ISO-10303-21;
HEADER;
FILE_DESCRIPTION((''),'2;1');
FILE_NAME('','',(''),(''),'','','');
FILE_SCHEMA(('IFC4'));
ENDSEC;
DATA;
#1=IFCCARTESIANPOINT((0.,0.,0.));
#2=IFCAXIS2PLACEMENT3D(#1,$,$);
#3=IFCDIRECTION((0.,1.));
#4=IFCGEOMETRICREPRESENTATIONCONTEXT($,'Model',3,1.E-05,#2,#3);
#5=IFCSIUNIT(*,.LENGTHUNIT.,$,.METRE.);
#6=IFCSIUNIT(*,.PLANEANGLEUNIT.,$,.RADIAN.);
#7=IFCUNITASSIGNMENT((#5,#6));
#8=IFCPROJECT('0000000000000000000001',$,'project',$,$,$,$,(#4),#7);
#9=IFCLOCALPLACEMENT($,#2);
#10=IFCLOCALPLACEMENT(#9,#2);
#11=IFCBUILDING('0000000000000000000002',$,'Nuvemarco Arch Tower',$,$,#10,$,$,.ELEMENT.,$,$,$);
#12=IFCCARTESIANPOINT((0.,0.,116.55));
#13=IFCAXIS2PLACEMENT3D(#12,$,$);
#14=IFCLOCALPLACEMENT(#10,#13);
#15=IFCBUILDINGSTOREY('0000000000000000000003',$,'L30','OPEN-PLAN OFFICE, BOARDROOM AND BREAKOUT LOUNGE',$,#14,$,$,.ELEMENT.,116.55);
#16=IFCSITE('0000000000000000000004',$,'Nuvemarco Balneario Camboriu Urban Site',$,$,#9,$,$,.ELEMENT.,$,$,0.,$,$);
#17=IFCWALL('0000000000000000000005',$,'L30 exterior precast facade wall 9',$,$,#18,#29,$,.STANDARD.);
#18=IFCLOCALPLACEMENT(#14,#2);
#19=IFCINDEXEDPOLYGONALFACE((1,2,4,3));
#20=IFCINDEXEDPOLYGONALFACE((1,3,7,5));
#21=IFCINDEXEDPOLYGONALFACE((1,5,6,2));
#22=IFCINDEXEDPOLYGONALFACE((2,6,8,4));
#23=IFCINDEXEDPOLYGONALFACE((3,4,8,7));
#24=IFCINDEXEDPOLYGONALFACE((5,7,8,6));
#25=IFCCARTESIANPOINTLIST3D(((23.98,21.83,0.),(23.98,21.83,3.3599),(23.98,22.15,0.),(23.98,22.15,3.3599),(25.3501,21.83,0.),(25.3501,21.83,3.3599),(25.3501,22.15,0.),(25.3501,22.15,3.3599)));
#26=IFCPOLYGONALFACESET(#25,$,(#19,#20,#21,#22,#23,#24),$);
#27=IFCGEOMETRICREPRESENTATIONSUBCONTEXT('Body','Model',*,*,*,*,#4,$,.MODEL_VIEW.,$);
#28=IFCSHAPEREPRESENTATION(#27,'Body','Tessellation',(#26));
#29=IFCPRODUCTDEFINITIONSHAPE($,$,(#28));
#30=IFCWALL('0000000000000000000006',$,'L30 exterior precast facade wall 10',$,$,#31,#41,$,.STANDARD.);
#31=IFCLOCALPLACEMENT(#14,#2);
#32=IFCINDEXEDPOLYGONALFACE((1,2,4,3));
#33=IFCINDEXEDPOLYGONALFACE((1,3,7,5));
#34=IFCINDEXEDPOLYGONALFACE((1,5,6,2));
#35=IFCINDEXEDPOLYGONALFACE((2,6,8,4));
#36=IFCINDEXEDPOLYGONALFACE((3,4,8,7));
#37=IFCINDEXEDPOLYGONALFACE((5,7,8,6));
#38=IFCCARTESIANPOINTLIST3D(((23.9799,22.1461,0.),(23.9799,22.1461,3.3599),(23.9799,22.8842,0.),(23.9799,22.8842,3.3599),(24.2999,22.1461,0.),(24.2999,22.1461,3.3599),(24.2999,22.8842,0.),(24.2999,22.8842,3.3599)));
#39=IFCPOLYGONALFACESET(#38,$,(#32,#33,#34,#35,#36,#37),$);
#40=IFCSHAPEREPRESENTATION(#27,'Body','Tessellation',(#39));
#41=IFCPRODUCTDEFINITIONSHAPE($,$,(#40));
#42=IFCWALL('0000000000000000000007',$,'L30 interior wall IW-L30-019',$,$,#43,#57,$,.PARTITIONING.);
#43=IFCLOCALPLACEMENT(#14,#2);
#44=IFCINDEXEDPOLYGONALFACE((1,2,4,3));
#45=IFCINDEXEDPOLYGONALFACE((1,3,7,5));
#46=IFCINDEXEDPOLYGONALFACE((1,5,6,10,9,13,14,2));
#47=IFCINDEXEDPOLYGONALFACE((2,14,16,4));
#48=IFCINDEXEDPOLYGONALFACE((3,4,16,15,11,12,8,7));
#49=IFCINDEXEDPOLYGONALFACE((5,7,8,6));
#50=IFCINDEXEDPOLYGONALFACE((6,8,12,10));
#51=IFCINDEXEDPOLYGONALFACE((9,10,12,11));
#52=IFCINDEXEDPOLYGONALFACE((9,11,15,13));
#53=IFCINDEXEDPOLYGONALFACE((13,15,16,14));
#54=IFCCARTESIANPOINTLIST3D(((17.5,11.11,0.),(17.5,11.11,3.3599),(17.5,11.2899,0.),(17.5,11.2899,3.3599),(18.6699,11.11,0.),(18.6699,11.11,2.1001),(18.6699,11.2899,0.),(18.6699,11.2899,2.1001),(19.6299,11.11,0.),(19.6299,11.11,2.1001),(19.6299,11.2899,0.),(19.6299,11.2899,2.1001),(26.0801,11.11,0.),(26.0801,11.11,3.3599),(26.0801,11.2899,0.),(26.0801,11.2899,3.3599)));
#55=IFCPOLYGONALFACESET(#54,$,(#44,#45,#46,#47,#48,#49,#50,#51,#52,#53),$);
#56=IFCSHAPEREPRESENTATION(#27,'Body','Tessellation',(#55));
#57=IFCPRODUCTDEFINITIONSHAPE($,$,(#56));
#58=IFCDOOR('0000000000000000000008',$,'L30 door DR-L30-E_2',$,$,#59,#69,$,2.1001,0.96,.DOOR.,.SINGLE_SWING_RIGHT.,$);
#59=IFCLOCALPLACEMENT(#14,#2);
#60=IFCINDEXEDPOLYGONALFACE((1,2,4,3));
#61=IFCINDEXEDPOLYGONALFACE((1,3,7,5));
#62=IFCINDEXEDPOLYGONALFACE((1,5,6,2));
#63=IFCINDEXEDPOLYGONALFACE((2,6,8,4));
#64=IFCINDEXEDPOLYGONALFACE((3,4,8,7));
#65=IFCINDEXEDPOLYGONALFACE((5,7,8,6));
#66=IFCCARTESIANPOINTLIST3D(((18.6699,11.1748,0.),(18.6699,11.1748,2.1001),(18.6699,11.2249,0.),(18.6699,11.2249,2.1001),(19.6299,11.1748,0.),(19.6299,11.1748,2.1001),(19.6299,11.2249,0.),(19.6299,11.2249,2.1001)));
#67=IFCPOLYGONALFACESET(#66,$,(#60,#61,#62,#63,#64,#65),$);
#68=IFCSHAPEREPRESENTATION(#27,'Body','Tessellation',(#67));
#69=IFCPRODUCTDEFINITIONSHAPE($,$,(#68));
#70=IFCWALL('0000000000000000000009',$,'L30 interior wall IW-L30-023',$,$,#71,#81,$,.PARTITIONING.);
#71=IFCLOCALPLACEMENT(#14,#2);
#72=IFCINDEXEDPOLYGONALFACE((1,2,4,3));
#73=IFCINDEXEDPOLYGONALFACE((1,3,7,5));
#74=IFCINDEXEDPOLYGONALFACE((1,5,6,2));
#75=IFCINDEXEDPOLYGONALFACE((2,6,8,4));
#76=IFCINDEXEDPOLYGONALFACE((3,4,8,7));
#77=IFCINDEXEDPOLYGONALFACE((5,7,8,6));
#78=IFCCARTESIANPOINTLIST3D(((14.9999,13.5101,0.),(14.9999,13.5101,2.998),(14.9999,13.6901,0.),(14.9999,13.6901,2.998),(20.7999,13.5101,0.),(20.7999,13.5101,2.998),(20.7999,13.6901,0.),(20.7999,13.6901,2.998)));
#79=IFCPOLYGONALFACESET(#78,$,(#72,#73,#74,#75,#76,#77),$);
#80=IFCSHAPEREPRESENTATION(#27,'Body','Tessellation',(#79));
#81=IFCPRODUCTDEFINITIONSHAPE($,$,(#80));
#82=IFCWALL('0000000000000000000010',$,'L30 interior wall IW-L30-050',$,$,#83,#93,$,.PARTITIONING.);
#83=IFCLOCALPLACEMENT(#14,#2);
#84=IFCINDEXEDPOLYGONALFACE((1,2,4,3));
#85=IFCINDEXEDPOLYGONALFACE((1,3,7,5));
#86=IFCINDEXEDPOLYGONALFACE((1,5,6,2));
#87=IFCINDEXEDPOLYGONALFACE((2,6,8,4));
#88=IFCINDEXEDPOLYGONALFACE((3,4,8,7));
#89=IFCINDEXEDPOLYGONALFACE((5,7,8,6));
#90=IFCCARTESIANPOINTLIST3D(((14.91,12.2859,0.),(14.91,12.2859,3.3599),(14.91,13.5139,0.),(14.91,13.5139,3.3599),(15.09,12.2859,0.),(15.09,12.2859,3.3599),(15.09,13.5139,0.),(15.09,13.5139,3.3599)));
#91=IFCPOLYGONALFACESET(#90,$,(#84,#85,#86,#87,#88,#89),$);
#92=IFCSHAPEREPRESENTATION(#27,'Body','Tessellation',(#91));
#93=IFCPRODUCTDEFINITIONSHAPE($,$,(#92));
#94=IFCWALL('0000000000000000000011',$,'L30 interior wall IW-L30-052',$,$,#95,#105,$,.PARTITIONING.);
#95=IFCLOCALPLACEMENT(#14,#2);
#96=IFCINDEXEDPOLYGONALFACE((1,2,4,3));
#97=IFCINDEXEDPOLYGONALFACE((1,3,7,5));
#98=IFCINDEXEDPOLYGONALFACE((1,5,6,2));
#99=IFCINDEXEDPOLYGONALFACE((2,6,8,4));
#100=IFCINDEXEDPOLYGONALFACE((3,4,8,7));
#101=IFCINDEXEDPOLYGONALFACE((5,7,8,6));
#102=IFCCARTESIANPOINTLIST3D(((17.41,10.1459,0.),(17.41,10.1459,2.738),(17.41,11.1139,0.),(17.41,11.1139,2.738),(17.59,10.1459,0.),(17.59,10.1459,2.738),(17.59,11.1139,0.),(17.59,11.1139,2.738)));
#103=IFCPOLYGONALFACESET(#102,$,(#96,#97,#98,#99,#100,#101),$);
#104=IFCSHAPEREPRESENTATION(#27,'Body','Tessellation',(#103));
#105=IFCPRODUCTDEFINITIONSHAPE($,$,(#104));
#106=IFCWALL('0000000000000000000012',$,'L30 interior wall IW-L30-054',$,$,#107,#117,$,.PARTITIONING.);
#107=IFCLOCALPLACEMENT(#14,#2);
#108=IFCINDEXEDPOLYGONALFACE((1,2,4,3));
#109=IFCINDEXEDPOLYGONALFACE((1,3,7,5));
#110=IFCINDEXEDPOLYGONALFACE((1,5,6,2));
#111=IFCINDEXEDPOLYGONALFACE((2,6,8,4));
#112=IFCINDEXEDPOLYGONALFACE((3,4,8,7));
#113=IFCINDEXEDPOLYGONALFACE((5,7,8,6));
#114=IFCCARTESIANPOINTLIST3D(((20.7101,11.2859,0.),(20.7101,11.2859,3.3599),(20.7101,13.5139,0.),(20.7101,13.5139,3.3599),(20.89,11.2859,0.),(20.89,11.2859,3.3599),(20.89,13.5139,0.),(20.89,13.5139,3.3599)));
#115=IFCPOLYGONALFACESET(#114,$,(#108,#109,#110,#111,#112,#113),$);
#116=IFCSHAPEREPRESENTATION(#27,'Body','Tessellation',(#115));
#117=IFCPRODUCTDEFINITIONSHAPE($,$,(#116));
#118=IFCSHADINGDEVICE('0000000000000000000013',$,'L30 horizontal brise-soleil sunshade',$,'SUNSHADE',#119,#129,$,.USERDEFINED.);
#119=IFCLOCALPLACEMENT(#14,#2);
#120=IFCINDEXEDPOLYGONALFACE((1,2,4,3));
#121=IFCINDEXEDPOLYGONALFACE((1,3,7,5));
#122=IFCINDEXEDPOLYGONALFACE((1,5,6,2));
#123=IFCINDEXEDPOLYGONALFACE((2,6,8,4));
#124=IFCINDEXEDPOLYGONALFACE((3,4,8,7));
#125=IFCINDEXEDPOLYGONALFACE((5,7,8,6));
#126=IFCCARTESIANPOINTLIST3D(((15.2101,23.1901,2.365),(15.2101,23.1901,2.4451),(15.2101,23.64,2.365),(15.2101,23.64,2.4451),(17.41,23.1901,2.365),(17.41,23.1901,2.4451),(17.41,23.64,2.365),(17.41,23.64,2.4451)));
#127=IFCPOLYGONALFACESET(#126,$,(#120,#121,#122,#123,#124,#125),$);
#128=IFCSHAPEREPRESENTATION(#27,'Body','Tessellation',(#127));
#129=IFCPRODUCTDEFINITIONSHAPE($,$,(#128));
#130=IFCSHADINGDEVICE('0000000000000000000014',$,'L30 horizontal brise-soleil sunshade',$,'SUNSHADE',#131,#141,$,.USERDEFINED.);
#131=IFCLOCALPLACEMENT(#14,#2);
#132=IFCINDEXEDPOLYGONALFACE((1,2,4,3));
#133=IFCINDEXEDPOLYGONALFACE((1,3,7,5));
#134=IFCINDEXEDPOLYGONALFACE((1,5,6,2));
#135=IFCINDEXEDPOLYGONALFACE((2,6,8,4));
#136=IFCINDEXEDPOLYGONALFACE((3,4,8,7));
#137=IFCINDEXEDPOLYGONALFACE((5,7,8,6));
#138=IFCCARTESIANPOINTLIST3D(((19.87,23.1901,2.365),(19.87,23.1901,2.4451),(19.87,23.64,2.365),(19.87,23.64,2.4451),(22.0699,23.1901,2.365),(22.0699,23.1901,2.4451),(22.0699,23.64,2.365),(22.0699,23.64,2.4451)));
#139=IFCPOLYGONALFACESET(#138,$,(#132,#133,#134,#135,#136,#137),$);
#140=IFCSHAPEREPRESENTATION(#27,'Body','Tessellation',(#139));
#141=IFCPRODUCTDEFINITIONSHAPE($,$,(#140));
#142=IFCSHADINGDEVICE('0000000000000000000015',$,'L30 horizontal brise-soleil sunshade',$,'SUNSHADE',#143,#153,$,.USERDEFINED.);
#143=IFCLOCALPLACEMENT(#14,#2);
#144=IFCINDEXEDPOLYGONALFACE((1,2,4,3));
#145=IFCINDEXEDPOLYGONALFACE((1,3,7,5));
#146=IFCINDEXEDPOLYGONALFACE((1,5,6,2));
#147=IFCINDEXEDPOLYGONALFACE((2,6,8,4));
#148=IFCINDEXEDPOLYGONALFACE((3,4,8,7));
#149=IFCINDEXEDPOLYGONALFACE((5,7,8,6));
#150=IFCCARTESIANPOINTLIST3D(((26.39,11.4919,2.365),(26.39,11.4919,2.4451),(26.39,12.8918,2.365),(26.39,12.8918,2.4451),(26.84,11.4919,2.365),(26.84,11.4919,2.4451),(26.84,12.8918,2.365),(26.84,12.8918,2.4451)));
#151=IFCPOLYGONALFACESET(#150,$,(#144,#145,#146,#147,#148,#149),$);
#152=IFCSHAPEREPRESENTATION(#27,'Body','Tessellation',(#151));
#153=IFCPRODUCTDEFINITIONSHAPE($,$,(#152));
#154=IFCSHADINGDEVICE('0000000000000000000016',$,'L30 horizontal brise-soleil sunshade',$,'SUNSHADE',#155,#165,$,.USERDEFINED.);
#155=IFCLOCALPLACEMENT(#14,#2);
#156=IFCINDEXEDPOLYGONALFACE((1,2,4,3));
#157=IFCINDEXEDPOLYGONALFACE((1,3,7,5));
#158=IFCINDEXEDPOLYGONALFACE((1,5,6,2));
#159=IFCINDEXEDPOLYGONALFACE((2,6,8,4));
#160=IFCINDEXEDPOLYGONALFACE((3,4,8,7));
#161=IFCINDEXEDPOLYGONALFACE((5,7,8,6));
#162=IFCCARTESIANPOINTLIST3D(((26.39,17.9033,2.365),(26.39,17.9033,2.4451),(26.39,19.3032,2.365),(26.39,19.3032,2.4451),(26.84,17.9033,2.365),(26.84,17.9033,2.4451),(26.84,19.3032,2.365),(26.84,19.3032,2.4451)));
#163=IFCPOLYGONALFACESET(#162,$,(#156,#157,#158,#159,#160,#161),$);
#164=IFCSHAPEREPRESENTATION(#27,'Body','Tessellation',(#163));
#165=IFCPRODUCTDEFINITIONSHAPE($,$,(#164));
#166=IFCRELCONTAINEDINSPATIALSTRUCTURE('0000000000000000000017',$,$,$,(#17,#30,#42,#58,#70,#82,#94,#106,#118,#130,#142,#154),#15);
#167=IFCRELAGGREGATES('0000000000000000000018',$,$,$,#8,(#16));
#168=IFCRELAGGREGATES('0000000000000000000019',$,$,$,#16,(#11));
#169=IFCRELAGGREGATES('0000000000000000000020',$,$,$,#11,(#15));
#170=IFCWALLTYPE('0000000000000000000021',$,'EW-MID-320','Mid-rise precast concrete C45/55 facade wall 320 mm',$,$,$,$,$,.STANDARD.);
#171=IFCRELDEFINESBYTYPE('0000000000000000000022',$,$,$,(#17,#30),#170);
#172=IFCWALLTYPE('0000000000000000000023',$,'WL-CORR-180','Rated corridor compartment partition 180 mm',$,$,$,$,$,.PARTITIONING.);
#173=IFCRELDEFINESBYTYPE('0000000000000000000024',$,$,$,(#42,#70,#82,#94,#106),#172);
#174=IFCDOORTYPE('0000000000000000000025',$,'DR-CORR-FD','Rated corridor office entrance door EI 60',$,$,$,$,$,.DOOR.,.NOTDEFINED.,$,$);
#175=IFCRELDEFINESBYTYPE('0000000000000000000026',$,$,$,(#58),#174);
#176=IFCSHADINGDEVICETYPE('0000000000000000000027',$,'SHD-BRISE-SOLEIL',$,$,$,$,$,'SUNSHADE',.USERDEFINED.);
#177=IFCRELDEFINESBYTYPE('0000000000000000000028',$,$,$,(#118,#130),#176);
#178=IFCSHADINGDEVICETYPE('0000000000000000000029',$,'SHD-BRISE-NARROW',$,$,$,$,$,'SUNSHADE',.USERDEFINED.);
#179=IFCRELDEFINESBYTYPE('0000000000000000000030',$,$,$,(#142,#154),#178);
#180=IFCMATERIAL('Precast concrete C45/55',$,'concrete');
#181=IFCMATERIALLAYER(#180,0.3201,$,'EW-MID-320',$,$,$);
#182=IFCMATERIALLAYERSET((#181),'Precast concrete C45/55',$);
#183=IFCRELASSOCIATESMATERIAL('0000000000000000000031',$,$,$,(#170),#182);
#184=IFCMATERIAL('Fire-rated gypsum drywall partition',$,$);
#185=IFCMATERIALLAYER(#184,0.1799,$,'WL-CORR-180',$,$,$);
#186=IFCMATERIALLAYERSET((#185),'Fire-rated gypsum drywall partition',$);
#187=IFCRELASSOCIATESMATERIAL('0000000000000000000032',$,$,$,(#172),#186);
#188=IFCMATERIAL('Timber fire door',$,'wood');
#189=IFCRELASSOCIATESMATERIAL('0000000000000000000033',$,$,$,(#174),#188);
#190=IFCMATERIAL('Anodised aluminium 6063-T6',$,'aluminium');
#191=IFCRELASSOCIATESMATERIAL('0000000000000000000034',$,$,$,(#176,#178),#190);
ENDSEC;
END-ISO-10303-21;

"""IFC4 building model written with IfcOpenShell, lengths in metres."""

from ifc_helpers import new_model, si_unit, direction, frame, frame_2d, origin, origin_2d, place, context, subcontext, project, spatial, rectangle, extrude, source, transform, mapped, material, layer, layer_set, type_object, type_shapes, element, fill, save


model = new_model("IFC4")

# Units and contexts
model_context = context("Model", 3, precision=1e-05, world=origin(), true_north=direction((0.0, 1.0)))
body_context = subcontext(model_context, "Body", "Model", "MODEL_VIEW")
ifc_project = project(units=[si_unit("LENGTHUNIT", "METRE"), si_unit("PLANEANGLEUNIT", "RADIAN")], contexts=[model_context])

# Site, building, storey
site_placement = place(None, origin())
site = spatial("IfcSite", under=ifc_project, at=site_placement, Name="Nuvemarco Balneario Camboriu Urban Site", CompositionType="ELEMENT", RefElevation=0.0)
building_placement = place(site_placement, origin())
building = spatial("IfcBuilding", under=site, at=building_placement, Name="Nuvemarco Arch Tower", CompositionType="ELEMENT")
storey_placement = place(building_placement, frame((0.0, 0.0, 116.55)))
storey = spatial("IfcBuildingStorey", under=building, at=storey_placement, Name="L30", Description="OPEN-PLAN OFFICE, BOARDROOM AND BREAKOUT LOUNGE", CompositionType="ELEMENT", Elevation=116.55)

# Shared definitions
ifc_material_1 = material(Name="Precast concrete C45/55", Category="concrete")

# Walls
ifc_layer_1 = layer(ifc_material_1, 0.3201, Name="EW-MID-320")
ifc_layer_set_1 = layer_set([ifc_layer_1], Name="Precast concrete C45/55")
wall_type_1 = type_object("IfcWallType", Name="EW-MID-320", Description="Mid-rise precast concrete C45/55 facade wall 320 mm", PredefinedType="STANDARD", material=ifc_layer_set_1)
wall_1_placement = place(storey_placement, frame((23.98, 21.99, 0.0), z_axis=(0.0, 0.0, 1.0), x_axis=(1.0, 0.0, 0.0)))
element("IfcWall", 1, at=wall_1_placement, inside=storey, type_object=wall_type_1, Name="L30 exterior precast facade wall 9", PredefinedType="STANDARD", context=body_context, shape_type="SweptSolid", body=[
    extrude(rectangle(XDim=1.3701, YDim=0.3201, at=frame_2d((0.6851, 0.0))), origin(), (0.0, 0.0, 1.0), 3.3599),
])
wall_2_placement = place(storey_placement, frame((24.1399, 22.146, 0.0), z_axis=(0.0, 0.0, 1.0), x_axis=(0.0, 1.0, 0.0)))
element("IfcWall", 2, at=wall_2_placement, inside=storey, type_object=wall_type_1, Name="L30 exterior precast facade wall 10", PredefinedType="STANDARD", context=body_context, shape_type="SweptSolid", body=[
    extrude(rectangle(XDim=0.738, YDim=0.3201, at=frame_2d((0.3691, 0.0))), origin(), (0.0, 0.0, 1.0), 3.3599),
])

# Wall, opening, door
ifc_material_2 = material(Name="Fire-rated gypsum drywall partition")
ifc_layer_2 = layer(ifc_material_2, 0.1799, Name="WL-CORR-180")
ifc_layer_set_2 = layer_set([ifc_layer_2], Name="Fire-rated gypsum drywall partition")
wall_type_2 = type_object("IfcWallType", Name="WL-CORR-180", Description="Rated corridor compartment partition 180 mm", PredefinedType="PARTITIONING", material=ifc_layer_set_2)
wall_3_placement = place(storey_placement, frame((17.5, 11.2, 0.0), z_axis=(0.0, 0.0, 1.0), x_axis=(1.0, 0.0, 0.0)))
wall_3 = element("IfcWall", 3, at=wall_3_placement, inside=storey, type_object=wall_type_2, Name="L30 interior wall IW-L30-019", PredefinedType="PARTITIONING", context=body_context, shape_type="SweptSolid", body=[
    extrude(rectangle(XDim=8.5801, YDim=0.1799, at=frame_2d((4.29, 0.0))), origin(), (0.0, 0.0, 1.0), 3.3599),
])
opening_placement = place(wall_3_placement, frame((1.1699, 0.0, 0.0)))
opening = element("IfcOpeningElement", 4, at=opening_placement, cuts=wall_3, PredefinedType="OPENING", context=body_context, shape_type="SweptSolid", body=[
    extrude(rectangle(XDim=0.96, YDim=2.1001, at=frame_2d((0.48, 1.05))), frame((0.0, 0.0999, 0.0), z_axis=(0.0, -1.0, 0.0), x_axis=(1.0, 0.0, 0.0)), (0.0, 0.0, 1.0), 0.2),
])
ifc_material_3 = material(Name="Timber fire door", Category="wood")
door_type = type_object("IfcDoorType", Name="DR-CORR-FD", Description="Rated corridor office entrance door EI 60", OperationType="NOTDEFINED", PredefinedType="DOOR", material=ifc_material_3)
shared_shape_1 = source(origin(), body_context, "Body", "SweptSolid", [
    extrude(rectangle(XDim=0.96, YDim=2.1001, at=frame_2d((0.48, 1.05))), frame((0.0, 0.0249, 0.0), z_axis=(0.0, -1.0, 0.0), x_axis=(1.0, 0.0, 0.0)), (0.0, 0.0, 1.0), 0.05),
])
type_shapes(door_type, [shared_shape_1])
door_placement = place(opening_placement, origin())
door = element("IfcDoor", 5, at=door_placement, inside=storey, type_object=door_type, Name="L30 door DR-L30-E_2", OperationType="SINGLE_SWING_RIGHT", OverallHeight=2.1001, OverallWidth=0.96, PredefinedType="DOOR", context=body_context, shape_type="MappedRepresentation", body=[
    mapped(shared_shape_1, transform((0.0, 0.0, 0.0), scale=1.0)),
])
fill(opening, door)

# Walls
wall_4_placement = place(storey_placement, frame((15.0, 13.6001, 0.0), z_axis=(0.0, 0.0, 1.0), x_axis=(1.0, 0.0, 0.0)))
element("IfcWall", 6, at=wall_4_placement, inside=storey, type_object=wall_type_2, Name="L30 interior wall IW-L30-023", PredefinedType="PARTITIONING", context=body_context, shape_type="SweptSolid", body=[
    extrude(rectangle(XDim=5.8, YDim=0.1799, at=frame_2d((2.8999, 0.0))), origin(), (0.0, 0.0, 1.0), 2.998),
])
wall_5_placement = place(storey_placement, frame((15.0, 12.2859, 0.0), z_axis=(0.0, 0.0, 1.0), x_axis=(0.0, 1.0, 0.0)))
element("IfcWall", 7, at=wall_5_placement, inside=storey, type_object=wall_type_2, Name="L30 interior wall IW-L30-050", PredefinedType="PARTITIONING", context=body_context, shape_type="SweptSolid", body=[
    extrude(rectangle(XDim=1.228, YDim=0.1799, at=frame_2d((0.614, 0.0))), origin(), (0.0, 0.0, 1.0), 3.3599),
])
wall_6_placement = place(storey_placement, frame((17.5, 10.146, 0.0), z_axis=(0.0, 0.0, 1.0), x_axis=(0.0, 1.0, 0.0)))
element("IfcWall", 8, at=wall_6_placement, inside=storey, type_object=wall_type_2, Name="L30 interior wall IW-L30-052", PredefinedType="PARTITIONING", context=body_context, shape_type="SweptSolid", body=[
    extrude(rectangle(XDim=0.968, YDim=0.1799, at=frame_2d((0.4839, 0.0))), origin(), (0.0, 0.0, 1.0), 2.738),
])
wall_7_placement = place(storey_placement, frame((20.8, 11.2859, 0.0), z_axis=(0.0, 0.0, 1.0), x_axis=(0.0, 1.0, 0.0)))
element("IfcWall", 9, at=wall_7_placement, inside=storey, type_object=wall_type_2, Name="L30 interior wall IW-L30-054", PredefinedType="PARTITIONING", context=body_context, shape_type="SweptSolid", body=[
    extrude(rectangle(XDim=2.228, YDim=0.1799, at=frame_2d((1.114, 0.0))), origin(), (0.0, 0.0, 1.0), 3.3599),
])

# Shading devices
ifc_material_4 = material(Name="Anodised aluminium 6063-T6", Category="aluminium")
shading_device_type_1 = type_object("IfcShadingDeviceType", Name="SHD-BRISE-SOLEIL", ElementType="SUNSHADE", PredefinedType="USERDEFINED", material=ifc_material_4)
shared_shape_2 = source(origin(), body_context, "Body", "SweptSolid", [
    extrude(rectangle(XDim=2.2, YDim=0.45, at=origin_2d()), origin(), (0.0, 0.0, 1.0), 0.0801),
])
type_shapes(shading_device_type_1, [shared_shape_2])
for number, where, z_axis, x_axis, name in (
    (10, (16.3101, 23.415, 2.365), (0.0, 0.0, 1.0), (1.0, 0.0, 0.0), "L30 horizontal brise-soleil sunshade"),
    (11, (20.97, 23.415, 2.365), (0.0, 0.0, 1.0), (1.0, 0.0, 0.0), "L30 horizontal brise-soleil sunshade"),
):
    element("IfcShadingDevice", number, at=place(storey_placement, frame(where, z_axis=z_axis, x_axis=x_axis)), inside=storey, type_object=shading_device_type_1, Name=name, ObjectType="SUNSHADE", PredefinedType="USERDEFINED", context=body_context, shape_type="MappedRepresentation", body=[
        mapped(shared_shape_2, transform((0.0, 0.0, 0.0), scale=1.0)),
    ])
shading_device_type_2 = type_object("IfcShadingDeviceType", Name="SHD-BRISE-NARROW", ElementType="SUNSHADE", PredefinedType="USERDEFINED", material=ifc_material_4)
shared_shape_3 = source(origin(), body_context, "Body", "SweptSolid", [
    extrude(rectangle(XDim=1.3999, YDim=0.45, at=origin_2d()), origin(), (0.0, 0.0, 1.0), 0.0801),
])
type_shapes(shading_device_type_2, [shared_shape_3])
for number, where, z_axis, x_axis, name in (
    (12, (26.615, 12.1919, 2.365), (0.0, 0.0, 1.0), (0.0, 1.0, 0.0), "L30 horizontal brise-soleil sunshade"),
    (13, (26.615, 18.6033, 2.365), (0.0, 0.0, 1.0), (0.0, 1.0, 0.0), "L30 horizontal brise-soleil sunshade"),
):
    element("IfcShadingDevice", number, at=place(storey_placement, frame(where, z_axis=z_axis, x_axis=x_axis)), inside=storey, type_object=shading_device_type_2, Name=name, ObjectType="SUNSHADE", PredefinedType="USERDEFINED", context=body_context, shape_type="MappedRepresentation", body=[
        mapped(shared_shape_3, transform((0.0, 0.0, 0.0), scale=1.0)),
    ])

save(model, "model.ifc")
